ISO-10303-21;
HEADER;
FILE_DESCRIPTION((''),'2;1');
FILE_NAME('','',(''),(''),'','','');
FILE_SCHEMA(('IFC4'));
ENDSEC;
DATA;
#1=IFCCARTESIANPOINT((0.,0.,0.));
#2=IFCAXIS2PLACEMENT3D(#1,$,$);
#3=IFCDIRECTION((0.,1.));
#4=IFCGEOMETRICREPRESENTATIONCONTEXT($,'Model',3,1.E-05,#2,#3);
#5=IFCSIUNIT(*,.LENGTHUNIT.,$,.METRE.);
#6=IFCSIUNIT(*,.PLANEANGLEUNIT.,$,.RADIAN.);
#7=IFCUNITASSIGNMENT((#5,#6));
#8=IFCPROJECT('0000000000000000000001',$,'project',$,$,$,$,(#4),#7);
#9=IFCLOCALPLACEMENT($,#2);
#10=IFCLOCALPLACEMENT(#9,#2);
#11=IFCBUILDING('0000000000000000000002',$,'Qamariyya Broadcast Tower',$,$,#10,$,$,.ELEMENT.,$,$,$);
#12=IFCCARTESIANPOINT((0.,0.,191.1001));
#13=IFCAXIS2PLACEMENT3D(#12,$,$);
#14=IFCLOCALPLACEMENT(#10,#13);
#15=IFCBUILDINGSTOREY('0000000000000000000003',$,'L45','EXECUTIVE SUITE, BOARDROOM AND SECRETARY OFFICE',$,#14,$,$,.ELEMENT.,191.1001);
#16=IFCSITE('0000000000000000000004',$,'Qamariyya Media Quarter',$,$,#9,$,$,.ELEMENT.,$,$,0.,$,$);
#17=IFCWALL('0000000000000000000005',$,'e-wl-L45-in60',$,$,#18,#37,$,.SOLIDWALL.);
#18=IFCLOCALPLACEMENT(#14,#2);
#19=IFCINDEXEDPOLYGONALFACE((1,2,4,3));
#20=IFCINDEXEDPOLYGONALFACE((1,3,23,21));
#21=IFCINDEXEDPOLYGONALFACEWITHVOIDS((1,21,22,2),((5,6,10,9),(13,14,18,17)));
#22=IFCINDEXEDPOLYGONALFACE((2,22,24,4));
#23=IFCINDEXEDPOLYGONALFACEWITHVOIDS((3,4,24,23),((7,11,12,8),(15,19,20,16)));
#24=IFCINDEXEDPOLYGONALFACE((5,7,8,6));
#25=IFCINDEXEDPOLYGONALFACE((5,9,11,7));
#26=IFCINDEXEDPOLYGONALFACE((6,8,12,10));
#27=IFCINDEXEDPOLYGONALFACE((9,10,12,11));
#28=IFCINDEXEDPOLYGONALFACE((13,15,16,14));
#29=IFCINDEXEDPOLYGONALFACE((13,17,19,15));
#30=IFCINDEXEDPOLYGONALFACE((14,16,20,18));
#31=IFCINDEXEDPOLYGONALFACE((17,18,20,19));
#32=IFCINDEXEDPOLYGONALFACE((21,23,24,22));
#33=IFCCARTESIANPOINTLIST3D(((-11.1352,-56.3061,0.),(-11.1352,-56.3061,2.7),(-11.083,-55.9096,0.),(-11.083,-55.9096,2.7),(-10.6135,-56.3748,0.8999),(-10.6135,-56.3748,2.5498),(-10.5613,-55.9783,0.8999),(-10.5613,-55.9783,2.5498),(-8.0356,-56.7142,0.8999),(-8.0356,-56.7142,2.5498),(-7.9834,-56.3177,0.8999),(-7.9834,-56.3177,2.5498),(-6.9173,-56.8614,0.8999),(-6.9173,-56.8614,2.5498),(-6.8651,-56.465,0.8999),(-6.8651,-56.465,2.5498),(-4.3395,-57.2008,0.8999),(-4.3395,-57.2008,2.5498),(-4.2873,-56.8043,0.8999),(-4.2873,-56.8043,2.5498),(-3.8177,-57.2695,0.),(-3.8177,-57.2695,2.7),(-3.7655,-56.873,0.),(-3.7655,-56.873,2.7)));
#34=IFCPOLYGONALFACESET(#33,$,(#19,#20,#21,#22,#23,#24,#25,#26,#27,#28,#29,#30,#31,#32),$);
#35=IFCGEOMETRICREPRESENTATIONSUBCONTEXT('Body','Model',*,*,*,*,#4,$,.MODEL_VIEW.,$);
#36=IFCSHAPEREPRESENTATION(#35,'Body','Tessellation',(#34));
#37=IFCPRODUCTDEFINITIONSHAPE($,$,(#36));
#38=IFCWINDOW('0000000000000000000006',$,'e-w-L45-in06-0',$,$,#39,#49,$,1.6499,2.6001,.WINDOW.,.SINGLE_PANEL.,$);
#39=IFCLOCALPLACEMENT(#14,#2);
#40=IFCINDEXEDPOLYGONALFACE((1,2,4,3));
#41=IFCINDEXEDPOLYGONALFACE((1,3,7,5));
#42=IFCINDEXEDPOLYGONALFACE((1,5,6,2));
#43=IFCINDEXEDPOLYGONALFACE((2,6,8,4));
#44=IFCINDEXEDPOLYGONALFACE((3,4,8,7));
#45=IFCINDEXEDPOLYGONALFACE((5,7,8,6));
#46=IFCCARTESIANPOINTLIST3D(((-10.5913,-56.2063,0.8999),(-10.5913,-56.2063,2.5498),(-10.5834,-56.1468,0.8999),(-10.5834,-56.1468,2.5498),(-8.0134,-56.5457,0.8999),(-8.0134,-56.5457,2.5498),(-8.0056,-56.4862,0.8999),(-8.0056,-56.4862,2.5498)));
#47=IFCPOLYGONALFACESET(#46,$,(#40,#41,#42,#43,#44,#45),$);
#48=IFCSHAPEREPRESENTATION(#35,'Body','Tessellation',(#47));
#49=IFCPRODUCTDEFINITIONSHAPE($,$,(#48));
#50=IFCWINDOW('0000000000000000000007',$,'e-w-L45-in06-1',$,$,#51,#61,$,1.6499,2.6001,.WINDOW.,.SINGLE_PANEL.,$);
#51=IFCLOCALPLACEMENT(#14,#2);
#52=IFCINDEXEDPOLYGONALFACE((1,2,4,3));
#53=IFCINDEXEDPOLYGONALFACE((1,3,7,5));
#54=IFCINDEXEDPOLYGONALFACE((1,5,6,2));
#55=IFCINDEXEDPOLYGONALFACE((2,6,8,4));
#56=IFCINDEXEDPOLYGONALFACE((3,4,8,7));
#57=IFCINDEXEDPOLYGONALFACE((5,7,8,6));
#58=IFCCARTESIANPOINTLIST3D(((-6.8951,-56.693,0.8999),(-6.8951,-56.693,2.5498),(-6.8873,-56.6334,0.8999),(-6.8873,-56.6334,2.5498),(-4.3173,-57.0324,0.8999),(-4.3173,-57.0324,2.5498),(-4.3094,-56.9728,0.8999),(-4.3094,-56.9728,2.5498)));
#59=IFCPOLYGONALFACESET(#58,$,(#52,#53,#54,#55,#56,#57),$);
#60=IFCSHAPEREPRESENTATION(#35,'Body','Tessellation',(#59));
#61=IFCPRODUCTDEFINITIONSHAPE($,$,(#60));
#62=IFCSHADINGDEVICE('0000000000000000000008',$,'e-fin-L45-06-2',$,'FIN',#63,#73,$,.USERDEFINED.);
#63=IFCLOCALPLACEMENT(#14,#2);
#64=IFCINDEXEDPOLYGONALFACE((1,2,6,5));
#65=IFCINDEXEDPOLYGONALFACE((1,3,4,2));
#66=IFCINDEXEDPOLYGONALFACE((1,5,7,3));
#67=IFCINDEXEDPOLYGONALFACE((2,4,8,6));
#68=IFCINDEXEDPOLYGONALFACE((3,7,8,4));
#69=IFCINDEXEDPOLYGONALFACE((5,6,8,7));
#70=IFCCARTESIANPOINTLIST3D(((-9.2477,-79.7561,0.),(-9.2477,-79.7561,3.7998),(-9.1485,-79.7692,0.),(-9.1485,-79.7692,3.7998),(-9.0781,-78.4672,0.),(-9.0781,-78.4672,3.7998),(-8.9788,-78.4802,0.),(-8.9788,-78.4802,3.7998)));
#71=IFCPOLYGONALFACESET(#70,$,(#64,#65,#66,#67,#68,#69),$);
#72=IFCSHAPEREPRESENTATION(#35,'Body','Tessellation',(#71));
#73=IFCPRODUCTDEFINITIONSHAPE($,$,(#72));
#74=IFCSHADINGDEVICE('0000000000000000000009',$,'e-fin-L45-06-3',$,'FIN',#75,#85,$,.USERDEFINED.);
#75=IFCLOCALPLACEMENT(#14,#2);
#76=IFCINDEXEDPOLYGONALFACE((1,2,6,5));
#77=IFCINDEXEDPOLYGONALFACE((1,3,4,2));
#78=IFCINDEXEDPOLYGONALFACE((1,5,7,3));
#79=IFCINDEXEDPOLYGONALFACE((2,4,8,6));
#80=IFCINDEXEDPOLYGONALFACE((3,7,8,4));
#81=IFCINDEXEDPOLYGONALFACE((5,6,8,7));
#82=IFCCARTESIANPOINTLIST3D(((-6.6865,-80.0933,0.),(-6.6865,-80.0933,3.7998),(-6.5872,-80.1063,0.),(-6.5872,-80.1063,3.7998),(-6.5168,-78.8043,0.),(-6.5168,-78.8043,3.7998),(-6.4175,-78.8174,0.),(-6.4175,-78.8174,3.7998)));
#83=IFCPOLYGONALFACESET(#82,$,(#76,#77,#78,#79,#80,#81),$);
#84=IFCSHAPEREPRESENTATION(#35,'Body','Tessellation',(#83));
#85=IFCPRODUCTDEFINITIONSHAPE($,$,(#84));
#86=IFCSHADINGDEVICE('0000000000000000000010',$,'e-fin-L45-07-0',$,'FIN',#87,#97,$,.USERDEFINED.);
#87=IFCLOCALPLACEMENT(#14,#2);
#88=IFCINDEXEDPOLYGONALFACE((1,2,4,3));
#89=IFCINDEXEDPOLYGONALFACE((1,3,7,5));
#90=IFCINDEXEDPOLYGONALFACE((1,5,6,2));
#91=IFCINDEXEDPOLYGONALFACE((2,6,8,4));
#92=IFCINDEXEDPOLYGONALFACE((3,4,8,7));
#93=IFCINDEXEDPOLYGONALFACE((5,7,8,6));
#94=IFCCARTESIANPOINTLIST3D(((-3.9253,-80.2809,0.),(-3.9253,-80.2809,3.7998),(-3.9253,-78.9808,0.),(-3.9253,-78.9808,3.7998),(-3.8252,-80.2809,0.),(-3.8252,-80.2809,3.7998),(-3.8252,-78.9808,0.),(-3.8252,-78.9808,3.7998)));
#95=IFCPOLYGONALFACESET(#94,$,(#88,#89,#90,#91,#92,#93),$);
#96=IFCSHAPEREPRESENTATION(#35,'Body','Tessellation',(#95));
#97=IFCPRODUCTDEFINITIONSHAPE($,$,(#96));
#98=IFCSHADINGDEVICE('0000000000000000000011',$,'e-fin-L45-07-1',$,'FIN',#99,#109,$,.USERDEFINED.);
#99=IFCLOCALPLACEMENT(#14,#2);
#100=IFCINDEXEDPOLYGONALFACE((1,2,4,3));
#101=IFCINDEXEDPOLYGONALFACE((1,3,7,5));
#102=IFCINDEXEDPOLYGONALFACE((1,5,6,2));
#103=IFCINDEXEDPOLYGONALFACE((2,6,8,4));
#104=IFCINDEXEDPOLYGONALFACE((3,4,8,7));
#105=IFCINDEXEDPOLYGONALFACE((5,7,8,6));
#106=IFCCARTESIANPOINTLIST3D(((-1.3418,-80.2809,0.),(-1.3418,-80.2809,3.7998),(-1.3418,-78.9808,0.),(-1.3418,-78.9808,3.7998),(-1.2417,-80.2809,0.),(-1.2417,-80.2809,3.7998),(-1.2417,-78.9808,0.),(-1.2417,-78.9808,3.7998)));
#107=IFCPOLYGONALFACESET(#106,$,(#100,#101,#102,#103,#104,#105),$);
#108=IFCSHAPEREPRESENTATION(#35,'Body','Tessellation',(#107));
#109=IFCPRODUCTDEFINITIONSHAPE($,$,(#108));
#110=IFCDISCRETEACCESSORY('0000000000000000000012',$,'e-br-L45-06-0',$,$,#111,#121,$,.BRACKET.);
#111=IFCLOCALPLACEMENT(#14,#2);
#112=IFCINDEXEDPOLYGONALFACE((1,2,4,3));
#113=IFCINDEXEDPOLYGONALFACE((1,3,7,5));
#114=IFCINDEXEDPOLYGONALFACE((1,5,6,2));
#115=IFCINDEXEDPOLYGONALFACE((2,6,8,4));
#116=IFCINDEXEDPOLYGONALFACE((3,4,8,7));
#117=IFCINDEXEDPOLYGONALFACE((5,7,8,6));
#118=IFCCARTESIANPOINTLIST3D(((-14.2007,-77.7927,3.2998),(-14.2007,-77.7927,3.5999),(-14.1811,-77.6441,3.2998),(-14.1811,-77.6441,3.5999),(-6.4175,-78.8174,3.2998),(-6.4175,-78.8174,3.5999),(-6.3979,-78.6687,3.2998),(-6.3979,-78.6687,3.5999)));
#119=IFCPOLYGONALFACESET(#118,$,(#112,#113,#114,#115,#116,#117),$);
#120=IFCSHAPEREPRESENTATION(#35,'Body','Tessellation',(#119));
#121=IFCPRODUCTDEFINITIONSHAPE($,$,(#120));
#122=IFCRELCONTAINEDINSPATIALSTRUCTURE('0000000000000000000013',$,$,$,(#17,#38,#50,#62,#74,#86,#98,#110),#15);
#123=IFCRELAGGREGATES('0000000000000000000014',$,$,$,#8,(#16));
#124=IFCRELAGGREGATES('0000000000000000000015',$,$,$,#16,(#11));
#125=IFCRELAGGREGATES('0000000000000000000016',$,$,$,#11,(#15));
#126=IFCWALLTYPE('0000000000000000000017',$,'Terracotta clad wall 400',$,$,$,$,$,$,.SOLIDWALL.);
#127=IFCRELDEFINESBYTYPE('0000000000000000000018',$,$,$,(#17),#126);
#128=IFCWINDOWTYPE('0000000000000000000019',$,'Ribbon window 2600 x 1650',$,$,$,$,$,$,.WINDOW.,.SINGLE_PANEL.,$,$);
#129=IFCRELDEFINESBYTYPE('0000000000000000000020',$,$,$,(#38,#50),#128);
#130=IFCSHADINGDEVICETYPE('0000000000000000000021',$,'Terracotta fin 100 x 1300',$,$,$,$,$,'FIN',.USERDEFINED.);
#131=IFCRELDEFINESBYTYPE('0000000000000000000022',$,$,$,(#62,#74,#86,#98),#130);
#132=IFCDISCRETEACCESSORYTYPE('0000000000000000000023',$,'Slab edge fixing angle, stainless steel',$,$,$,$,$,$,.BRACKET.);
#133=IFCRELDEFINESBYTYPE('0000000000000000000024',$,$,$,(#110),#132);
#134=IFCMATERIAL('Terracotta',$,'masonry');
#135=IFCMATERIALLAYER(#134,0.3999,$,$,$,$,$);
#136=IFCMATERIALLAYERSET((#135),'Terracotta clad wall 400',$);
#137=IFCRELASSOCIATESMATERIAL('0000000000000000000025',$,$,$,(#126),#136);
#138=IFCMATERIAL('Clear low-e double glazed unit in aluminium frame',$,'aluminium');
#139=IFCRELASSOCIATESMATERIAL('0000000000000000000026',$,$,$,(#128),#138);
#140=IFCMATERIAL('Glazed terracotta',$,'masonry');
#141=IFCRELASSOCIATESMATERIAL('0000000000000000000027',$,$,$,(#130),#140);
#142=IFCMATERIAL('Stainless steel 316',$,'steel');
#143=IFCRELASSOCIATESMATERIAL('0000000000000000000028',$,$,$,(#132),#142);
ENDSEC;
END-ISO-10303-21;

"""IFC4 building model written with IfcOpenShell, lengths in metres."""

from ifc_helpers import new_model, si_unit, direction, frame, frame_2d, origin, origin_2d, place, context, subcontext, project, spatial, rectangle, extrude, material, layer, layer_set, material_profile, profile_set, type_object, element, fill, save


model = new_model("IFC4")

# Units and contexts
model_context = context("Model", 3, precision=1e-05, world=origin(), true_north=direction((0.0, 1.0)))
body_context = subcontext(model_context, "Body", "Model", "MODEL_VIEW")
ifc_project = project(units=[si_unit("LENGTHUNIT", "METRE"), si_unit("PLANEANGLEUNIT", "RADIAN")], contexts=[model_context])

# Site, building, storey
site_placement = place(None, origin())
site = spatial("IfcSite", under=ifc_project, at=site_placement, Name="Qamariyya Media Quarter", CompositionType="ELEMENT", RefElevation=0.0)
building_placement = place(site_placement, origin())
building = spatial("IfcBuilding", under=site, at=building_placement, Name="Qamariyya Broadcast Tower", CompositionType="ELEMENT")
storey_placement = place(building_placement, frame((0.0, 0.0, 191.1001)))
storey = spatial("IfcBuildingStorey", under=building, at=storey_placement, Name="L45", Description="EXECUTIVE SUITE, BOARDROOM AND SECRETARY OFFICE", CompositionType="ELEMENT", Elevation=191.1001)

# Wall, openings, windows
ifc_material_1 = material(Name="Terracotta", Category="masonry")
ifc_layer_1 = layer(ifc_material_1, 0.3999)
ifc_layer_set_1 = layer_set([ifc_layer_1], Name="Terracotta clad wall 400")
wall_type_1 = type_object("IfcWallType", Name="Terracotta clad wall 400", PredefinedType="SOLIDWALL", material=ifc_layer_set_1)
wall_1_placement = place(storey_placement, frame((-3.7915, -57.0713, 0.0), z_axis=(0.0, 0.0, 1.0), x_axis=(-0.991444, 0.13053, 0.0)))
wall_1 = element("IfcWall", 1, at=wall_1_placement, inside=storey, type_object=wall_type_1, Name="e-wl-L45-in60", PredefinedType="SOLIDWALL", context=body_context, shape_type="SweptSolid", body=[
    extrude(rectangle(XDim=7.3806, YDim=0.3999, at=frame_2d((3.6904, 0.0))), origin(), (0.0, 0.0, 1.0), 2.7),
])
opening_1_placement = place(wall_1_placement, frame((4.2544, 0.0, 0.8999)))
opening_1 = element("IfcOpeningElement", 2, at=opening_1_placement, cuts=wall_1, PredefinedType="OPENING", context=body_context, shape_type="SweptSolid", body=[
    extrude(rectangle(XDim=2.6001, YDim=1.6499, at=frame_2d((1.3, 0.825))), frame((0.0, 0.21, 0.0), z_axis=(0.0, -1.0, 0.0), x_axis=(1.0, 0.0, 0.0)), (0.0, 0.0, 1.0), 0.4199),
])
opening_2_placement = place(wall_1_placement, frame((0.5264, 0.0, 0.8999)))
opening_2 = element("IfcOpeningElement", 3, at=opening_2_placement, cuts=wall_1, PredefinedType="OPENING", context=body_context, shape_type="SweptSolid", body=[
    extrude(rectangle(XDim=2.6001, YDim=1.6499, at=frame_2d((1.3, 0.825))), frame((0.0, 0.21, 0.0), z_axis=(0.0, -1.0, 0.0), x_axis=(1.0, 0.0, 0.0)), (0.0, 0.0, 1.0), 0.4199),
])
ifc_material_2 = material(Name="Clear low-e double glazed unit in aluminium frame", Category="aluminium")
window_type = type_object("IfcWindowType", Name="Ribbon window 2600 x 1650", PartitioningType="SINGLE_PANEL", PredefinedType="WINDOW", material=ifc_material_2)
window_1_placement = place(opening_1_placement, origin())
window_1 = element("IfcWindow", 4, at=window_1_placement, inside=storey, type_object=window_type, Name="e-w-L45-in06-0", OverallHeight=1.6499, OverallWidth=2.6001, PartitioningType="SINGLE_PANEL", PredefinedType="WINDOW", context=body_context, shape_type="SweptSolid", body=[
    extrude(rectangle(XDim=2.6001, YDim=1.6499, at=frame_2d((1.3, 0.825))), frame((0.0, 0.03, 0.0), z_axis=(0.0, -1.0, 0.0), x_axis=(1.0, 0.0, 0.0)), (0.0, 0.0, 1.0), 0.0601),
])
fill(opening_1, window_1)
window_2_placement = place(opening_2_placement, origin())
window_2 = element("IfcWindow", 5, at=window_2_placement, inside=storey, type_object=window_type, Name="e-w-L45-in06-1", OverallHeight=1.6499, OverallWidth=2.6001, PartitioningType="SINGLE_PANEL", PredefinedType="WINDOW", context=body_context, shape_type="SweptSolid", body=[
    extrude(rectangle(XDim=2.6001, YDim=1.6499, at=frame_2d((1.3, 0.825))), frame((0.0, 0.03, 0.0), z_axis=(0.0, -1.0, 0.0), x_axis=(1.0, 0.0, 0.0)), (0.0, 0.0, 1.0), 0.0601),
])
fill(opening_2, window_2)

# Shading devices
ifc_material_3 = material(Name="Glazed terracotta", Category="masonry")
ifc_material_profile_1 = material_profile(ifc_material_3, rectangle(XDim=1.3, YDim=0.1001, at=origin_2d()))
ifc_profile_set_1 = profile_set([ifc_material_profile_1], Name="Glazed terracotta")
shading_device_type_1 = type_object("IfcShadingDeviceType", Name="Terracotta fin 100 x 1300", ElementType="FIN", PredefinedType="USERDEFINED", material=ifc_profile_set_1)
for number, where, z_axis, x_axis, name in (
    (6, (-9.1133, -79.1182, 0.0), (0.0, 0.0, 1.0), (-0.130526, -0.991445, 0.0), "e-fin-L45-06-2"),
    (7, (-6.552, -79.4553, 0.0), (0.0, 0.0, 1.0), (-0.130526, -0.991445, 0.0), "e-fin-L45-06-3"),
    (8, (-3.8752, -79.6309, 0.0), (0.0, 0.0, 1.0), (0.0, -1.0, 0.0), "e-fin-L45-07-0"),
    (9, (-1.2917, -79.6309, 0.0), (0.0, 0.0, 1.0), (0.0, -1.0, 0.0), "e-fin-L45-07-1"),
):
    element("IfcShadingDevice", number, at=place(storey_placement, frame(where, z_axis=z_axis, x_axis=x_axis)), inside=storey, type_object=shading_device_type_1, Name=name, ObjectType="FIN", PredefinedType="USERDEFINED", context=body_context, shape_type="SweptSolid", body=[
        extrude(rectangle(XDim=1.3, YDim=0.1001, at=origin_2d()), origin(), (0.0, 0.0, 1.0), 3.7998),
    ])

# Discrete accessory
ifc_material_4 = material(Name="Stainless steel 316", Category="steel")
discrete_accessory_type = type_object("IfcDiscreteAccessoryType", Name="Slab edge fixing angle, stainless steel", PredefinedType="BRACKET", material=ifc_material_4)
discrete_accessory_placement = place(storey_placement, frame((-10.2993, -78.2307, 3.2998), z_axis=(0.0, 0.0, 1.0), x_axis=(0.991445, -0.130526, 0.0)))
element("IfcDiscreteAccessory", 10, at=discrete_accessory_placement, inside=storey, type_object=discrete_accessory_type, Name="e-br-L45-06-0", PredefinedType="BRACKET", context=body_context, shape_type="SweptSolid", body=[
    extrude(rectangle(XDim=7.8503, YDim=0.1499, at=origin_2d()), origin(), (0.0, 0.0, 1.0), 0.3),
])

save(model, "model.ifc")
